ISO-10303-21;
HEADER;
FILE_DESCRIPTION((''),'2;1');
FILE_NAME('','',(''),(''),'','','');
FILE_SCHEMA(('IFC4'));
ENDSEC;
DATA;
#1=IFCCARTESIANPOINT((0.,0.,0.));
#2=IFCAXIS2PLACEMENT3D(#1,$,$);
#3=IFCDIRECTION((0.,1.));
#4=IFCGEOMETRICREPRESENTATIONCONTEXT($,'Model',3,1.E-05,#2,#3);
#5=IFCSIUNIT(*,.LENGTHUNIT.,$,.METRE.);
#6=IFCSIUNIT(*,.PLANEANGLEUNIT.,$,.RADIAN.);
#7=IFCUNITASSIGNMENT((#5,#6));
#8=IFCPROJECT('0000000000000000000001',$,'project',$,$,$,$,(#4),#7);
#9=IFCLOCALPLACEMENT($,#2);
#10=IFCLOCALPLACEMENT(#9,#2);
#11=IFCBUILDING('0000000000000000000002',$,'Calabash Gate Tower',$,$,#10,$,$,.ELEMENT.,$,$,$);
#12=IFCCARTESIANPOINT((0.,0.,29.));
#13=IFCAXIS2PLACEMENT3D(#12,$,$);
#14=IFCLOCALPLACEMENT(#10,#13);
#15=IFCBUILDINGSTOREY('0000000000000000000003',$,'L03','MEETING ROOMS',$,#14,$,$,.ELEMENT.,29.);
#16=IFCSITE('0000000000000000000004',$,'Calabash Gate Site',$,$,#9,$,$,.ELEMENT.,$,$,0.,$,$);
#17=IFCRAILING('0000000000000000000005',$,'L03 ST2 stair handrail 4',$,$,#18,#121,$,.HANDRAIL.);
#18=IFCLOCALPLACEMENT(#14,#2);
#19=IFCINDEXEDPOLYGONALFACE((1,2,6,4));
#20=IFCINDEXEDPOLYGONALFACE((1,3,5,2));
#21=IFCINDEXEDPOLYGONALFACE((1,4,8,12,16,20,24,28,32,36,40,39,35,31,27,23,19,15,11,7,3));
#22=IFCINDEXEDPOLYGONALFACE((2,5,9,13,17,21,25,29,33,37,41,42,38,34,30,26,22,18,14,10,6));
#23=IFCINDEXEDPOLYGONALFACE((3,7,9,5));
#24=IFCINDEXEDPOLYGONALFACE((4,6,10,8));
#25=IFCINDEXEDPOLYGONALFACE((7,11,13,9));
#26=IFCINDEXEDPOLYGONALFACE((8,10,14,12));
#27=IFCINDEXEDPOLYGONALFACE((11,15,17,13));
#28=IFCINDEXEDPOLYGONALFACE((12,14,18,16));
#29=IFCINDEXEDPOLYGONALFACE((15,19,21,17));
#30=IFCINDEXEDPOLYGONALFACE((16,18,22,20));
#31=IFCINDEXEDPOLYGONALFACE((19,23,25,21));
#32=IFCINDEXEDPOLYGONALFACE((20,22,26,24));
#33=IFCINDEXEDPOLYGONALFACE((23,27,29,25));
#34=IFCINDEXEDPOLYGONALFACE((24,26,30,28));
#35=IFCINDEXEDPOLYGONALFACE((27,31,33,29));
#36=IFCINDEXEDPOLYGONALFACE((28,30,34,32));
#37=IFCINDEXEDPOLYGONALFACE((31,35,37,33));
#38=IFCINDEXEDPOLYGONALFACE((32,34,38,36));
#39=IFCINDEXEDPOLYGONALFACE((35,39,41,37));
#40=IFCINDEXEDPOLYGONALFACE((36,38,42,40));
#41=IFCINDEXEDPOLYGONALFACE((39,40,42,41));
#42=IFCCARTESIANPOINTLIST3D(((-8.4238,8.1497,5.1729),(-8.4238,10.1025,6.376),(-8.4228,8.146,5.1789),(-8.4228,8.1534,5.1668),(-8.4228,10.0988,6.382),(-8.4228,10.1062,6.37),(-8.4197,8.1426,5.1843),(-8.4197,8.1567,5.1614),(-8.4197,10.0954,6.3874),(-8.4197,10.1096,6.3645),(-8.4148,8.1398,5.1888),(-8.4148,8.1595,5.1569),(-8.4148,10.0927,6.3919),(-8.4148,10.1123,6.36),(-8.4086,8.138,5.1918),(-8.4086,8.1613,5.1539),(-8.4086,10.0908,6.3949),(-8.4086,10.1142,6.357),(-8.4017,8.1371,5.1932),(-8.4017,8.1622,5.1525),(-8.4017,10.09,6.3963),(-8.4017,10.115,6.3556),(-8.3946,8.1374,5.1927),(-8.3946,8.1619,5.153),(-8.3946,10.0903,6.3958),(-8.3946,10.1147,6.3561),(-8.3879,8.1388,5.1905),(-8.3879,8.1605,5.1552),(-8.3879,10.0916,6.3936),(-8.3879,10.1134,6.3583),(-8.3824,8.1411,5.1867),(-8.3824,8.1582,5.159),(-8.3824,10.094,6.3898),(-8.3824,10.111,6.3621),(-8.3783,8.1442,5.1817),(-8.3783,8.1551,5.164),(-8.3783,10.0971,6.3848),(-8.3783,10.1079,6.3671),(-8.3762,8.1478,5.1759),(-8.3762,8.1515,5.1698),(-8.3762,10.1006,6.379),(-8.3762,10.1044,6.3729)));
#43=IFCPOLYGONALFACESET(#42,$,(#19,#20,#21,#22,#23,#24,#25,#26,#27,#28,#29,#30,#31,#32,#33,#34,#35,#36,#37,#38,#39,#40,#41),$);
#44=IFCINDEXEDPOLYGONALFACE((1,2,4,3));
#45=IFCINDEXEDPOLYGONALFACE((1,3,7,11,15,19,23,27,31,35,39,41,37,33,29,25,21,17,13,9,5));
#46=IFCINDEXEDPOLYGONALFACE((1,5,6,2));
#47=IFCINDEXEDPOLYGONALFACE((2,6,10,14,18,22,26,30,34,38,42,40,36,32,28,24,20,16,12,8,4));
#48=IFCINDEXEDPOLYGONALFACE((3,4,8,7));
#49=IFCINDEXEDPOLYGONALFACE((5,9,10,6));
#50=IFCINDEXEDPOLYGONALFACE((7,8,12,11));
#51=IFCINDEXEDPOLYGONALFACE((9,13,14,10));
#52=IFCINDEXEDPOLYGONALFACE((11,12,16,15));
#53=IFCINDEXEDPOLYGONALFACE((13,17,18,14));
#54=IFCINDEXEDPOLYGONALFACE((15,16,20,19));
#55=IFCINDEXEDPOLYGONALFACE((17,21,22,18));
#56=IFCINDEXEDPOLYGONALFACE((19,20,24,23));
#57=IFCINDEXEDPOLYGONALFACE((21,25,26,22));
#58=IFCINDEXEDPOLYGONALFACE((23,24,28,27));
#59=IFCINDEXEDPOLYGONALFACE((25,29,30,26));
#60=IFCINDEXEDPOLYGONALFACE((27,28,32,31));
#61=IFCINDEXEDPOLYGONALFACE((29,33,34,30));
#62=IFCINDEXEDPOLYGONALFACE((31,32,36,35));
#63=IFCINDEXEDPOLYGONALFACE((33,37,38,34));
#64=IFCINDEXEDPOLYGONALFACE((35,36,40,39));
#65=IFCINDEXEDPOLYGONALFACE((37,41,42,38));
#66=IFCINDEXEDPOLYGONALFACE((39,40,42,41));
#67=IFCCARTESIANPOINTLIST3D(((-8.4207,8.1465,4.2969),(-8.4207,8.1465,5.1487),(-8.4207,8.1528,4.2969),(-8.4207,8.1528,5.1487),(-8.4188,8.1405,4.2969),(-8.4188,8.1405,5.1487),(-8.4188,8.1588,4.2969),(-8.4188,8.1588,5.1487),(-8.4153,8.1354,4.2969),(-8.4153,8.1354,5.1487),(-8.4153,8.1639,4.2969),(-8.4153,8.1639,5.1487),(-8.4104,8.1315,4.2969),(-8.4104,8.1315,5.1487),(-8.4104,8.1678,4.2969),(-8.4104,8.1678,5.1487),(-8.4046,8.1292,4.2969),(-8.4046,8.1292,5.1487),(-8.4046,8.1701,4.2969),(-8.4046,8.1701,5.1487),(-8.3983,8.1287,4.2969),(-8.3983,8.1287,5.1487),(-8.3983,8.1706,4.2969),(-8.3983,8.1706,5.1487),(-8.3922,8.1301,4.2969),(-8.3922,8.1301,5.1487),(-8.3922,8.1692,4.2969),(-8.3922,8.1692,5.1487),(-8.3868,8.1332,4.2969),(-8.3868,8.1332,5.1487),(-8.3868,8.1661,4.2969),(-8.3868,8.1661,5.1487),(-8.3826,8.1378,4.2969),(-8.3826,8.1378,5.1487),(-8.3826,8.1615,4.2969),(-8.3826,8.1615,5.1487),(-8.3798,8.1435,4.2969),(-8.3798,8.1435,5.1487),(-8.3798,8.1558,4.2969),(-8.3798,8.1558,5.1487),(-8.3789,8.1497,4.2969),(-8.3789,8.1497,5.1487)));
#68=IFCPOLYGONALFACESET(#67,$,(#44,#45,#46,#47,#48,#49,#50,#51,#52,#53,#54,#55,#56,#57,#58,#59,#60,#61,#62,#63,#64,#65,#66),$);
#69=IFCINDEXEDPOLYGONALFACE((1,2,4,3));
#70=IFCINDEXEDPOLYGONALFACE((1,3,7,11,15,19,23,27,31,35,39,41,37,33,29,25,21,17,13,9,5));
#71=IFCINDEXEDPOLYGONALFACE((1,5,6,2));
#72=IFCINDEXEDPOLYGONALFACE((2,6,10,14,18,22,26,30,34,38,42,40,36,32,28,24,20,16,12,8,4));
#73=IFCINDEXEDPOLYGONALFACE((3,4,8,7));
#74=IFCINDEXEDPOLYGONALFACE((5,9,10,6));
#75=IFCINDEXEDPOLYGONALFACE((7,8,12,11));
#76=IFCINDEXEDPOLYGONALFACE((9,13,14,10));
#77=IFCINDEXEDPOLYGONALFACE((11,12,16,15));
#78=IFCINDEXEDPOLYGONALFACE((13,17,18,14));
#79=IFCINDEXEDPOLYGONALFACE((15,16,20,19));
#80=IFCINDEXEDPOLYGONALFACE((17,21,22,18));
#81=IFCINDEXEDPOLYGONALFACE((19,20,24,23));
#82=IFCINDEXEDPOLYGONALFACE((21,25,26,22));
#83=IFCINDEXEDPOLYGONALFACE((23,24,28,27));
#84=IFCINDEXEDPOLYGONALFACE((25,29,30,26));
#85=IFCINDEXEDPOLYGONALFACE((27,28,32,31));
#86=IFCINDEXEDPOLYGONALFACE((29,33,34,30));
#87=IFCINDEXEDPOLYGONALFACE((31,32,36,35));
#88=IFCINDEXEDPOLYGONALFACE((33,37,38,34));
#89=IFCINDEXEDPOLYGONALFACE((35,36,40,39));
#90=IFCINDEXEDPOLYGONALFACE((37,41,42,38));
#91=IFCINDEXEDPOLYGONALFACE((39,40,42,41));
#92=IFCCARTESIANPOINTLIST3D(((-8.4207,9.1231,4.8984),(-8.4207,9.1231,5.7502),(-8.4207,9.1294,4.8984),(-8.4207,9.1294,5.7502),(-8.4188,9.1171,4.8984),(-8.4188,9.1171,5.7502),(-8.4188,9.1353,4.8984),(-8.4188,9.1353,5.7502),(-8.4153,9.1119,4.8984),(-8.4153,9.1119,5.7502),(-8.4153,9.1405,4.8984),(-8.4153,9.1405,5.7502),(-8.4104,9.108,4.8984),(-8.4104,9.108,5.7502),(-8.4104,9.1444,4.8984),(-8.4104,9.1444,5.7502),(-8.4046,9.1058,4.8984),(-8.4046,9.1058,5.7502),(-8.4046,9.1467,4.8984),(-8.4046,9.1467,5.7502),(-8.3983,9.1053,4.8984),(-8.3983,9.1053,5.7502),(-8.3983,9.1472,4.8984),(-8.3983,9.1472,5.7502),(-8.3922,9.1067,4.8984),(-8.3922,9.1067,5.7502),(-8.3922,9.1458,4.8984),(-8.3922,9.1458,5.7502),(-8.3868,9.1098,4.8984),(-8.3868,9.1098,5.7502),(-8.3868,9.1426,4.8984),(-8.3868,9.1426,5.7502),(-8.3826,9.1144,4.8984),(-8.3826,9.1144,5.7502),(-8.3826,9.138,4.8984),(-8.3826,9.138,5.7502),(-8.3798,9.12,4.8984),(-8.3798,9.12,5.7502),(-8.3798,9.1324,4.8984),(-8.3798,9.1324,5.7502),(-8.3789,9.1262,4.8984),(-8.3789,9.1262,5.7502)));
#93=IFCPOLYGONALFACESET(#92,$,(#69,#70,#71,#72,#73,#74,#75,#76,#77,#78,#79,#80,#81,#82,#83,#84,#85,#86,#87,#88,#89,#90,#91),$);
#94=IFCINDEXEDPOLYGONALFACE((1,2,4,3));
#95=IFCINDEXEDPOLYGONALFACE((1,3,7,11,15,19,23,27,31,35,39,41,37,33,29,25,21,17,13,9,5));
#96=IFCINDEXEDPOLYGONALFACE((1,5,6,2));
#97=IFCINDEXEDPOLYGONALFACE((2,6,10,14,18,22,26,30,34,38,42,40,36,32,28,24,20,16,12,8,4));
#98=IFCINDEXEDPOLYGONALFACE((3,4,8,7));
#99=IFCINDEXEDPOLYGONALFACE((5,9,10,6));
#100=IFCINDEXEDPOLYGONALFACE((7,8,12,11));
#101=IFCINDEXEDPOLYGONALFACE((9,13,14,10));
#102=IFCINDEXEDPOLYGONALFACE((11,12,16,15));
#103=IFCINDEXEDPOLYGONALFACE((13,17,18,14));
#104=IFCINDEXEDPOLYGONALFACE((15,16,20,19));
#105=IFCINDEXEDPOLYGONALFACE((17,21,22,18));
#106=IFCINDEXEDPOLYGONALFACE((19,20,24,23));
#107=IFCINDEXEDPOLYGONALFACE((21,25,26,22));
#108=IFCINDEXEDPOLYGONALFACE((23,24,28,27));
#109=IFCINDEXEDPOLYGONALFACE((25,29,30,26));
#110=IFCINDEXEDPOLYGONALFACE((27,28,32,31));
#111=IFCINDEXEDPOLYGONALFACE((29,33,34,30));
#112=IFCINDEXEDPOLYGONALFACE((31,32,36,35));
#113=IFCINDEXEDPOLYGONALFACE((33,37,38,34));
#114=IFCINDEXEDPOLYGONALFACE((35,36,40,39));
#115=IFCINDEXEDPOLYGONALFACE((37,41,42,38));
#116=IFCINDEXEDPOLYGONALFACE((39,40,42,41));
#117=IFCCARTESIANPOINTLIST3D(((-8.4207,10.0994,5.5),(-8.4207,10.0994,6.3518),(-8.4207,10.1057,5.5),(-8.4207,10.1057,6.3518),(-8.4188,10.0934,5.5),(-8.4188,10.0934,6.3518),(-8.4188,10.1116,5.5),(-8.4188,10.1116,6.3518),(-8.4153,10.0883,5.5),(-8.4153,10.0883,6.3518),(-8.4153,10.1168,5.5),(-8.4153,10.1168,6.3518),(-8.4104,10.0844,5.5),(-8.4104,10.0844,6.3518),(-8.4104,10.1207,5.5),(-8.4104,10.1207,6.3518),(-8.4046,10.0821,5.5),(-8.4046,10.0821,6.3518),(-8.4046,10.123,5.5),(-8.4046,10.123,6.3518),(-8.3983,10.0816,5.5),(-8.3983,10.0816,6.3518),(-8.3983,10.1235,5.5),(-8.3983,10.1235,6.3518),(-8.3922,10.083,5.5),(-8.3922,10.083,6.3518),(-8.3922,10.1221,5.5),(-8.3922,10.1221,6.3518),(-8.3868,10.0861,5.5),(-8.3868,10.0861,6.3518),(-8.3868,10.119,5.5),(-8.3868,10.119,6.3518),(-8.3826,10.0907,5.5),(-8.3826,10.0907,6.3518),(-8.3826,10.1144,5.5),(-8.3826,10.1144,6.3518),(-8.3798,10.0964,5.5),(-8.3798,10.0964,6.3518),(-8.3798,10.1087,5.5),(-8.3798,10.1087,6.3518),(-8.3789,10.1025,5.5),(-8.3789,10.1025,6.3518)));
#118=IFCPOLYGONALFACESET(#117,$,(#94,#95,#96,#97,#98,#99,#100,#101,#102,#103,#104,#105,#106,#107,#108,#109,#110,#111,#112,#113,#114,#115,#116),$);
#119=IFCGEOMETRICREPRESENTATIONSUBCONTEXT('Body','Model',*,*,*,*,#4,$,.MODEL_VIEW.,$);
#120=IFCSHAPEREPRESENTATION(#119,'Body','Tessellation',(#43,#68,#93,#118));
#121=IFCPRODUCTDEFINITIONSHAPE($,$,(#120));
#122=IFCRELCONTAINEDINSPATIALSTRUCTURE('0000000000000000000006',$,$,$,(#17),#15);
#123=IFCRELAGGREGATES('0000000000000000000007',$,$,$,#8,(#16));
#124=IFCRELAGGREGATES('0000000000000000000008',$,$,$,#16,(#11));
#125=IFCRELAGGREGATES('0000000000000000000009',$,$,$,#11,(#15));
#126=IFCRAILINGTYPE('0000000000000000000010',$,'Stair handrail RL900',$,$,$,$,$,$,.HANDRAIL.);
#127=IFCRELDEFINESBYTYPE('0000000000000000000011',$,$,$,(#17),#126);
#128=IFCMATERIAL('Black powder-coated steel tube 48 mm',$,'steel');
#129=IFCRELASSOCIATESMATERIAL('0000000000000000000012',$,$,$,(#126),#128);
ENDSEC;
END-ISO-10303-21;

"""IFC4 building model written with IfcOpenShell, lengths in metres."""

from ifc_helpers import new_model, si_unit, direction, frame, origin, origin_2d, place, context, subcontext, project, spatial, circle, extrude, material, type_object, element, save


model = new_model("IFC4")

# Units and contexts
model_context = context("Model", 3, precision=1e-05, world=origin(), true_north=direction((0.0, 1.0)))
body_context = subcontext(model_context, "Body", "Model", "MODEL_VIEW")
ifc_project = project(units=[si_unit("LENGTHUNIT", "METRE"), si_unit("PLANEANGLEUNIT", "RADIAN")], contexts=[model_context])

# Site, building, storey
site_placement = place(None, origin())
site = spatial("IfcSite", under=ifc_project, at=site_placement, Name="Calabash Gate Site", CompositionType="ELEMENT", RefElevation=0.0)
building_placement = place(site_placement, origin())
building = spatial("IfcBuilding", under=site, at=building_placement, Name="Calabash Gate Tower", CompositionType="ELEMENT")
storey_placement = place(building_placement, frame((0.0, 0.0, 29.0)))
storey = spatial("IfcBuildingStorey", under=building, at=storey_placement, Name="L03", Description="MEETING ROOMS", CompositionType="ELEMENT", Elevation=29.0)

# Railing
ifc_material_1 = material(Name="Black powder-coated steel tube 48 mm", Category="steel")
railing_type_1 = type_object("IfcRailingType", Name="Stair handrail RL900", PredefinedType="HANDRAIL", material=ifc_material_1)
railing_1_placement = place(storey_placement, frame((-8.3999, 8.1497, 4.2969)))
element("IfcRailing", 1, at=railing_1_placement, inside=storey, type_object=railing_type_1, Name="L03 ST2 stair handrail 4", PredefinedType="HANDRAIL", context=body_context, shape_type="SweptSolid", body=[
    extrude(circle(Radius=0.0239, at=origin_2d()), frame((0.0, 0.0, 0.876), z_axis=(0.0, 0.851395, 0.524525), x_axis=(-1.0, 0.0, 0.0)), (0.0, 0.0, 1.0), 2.2937),
    extrude(circle(Radius=0.021, at=origin_2d()), origin(), (0.0, 0.0, 1.0), 0.8518),
    extrude(circle(Radius=0.021, at=origin_2d()), frame((0.0, 0.9766, 0.6016)), (0.0, 0.0, 1.0), 0.8518),
    extrude(circle(Radius=0.021, at=origin_2d()), frame((0.0, 1.9529, 1.2031)), (0.0, 0.0, 1.0), 0.8518),
])

save(model, "model.ifc")
